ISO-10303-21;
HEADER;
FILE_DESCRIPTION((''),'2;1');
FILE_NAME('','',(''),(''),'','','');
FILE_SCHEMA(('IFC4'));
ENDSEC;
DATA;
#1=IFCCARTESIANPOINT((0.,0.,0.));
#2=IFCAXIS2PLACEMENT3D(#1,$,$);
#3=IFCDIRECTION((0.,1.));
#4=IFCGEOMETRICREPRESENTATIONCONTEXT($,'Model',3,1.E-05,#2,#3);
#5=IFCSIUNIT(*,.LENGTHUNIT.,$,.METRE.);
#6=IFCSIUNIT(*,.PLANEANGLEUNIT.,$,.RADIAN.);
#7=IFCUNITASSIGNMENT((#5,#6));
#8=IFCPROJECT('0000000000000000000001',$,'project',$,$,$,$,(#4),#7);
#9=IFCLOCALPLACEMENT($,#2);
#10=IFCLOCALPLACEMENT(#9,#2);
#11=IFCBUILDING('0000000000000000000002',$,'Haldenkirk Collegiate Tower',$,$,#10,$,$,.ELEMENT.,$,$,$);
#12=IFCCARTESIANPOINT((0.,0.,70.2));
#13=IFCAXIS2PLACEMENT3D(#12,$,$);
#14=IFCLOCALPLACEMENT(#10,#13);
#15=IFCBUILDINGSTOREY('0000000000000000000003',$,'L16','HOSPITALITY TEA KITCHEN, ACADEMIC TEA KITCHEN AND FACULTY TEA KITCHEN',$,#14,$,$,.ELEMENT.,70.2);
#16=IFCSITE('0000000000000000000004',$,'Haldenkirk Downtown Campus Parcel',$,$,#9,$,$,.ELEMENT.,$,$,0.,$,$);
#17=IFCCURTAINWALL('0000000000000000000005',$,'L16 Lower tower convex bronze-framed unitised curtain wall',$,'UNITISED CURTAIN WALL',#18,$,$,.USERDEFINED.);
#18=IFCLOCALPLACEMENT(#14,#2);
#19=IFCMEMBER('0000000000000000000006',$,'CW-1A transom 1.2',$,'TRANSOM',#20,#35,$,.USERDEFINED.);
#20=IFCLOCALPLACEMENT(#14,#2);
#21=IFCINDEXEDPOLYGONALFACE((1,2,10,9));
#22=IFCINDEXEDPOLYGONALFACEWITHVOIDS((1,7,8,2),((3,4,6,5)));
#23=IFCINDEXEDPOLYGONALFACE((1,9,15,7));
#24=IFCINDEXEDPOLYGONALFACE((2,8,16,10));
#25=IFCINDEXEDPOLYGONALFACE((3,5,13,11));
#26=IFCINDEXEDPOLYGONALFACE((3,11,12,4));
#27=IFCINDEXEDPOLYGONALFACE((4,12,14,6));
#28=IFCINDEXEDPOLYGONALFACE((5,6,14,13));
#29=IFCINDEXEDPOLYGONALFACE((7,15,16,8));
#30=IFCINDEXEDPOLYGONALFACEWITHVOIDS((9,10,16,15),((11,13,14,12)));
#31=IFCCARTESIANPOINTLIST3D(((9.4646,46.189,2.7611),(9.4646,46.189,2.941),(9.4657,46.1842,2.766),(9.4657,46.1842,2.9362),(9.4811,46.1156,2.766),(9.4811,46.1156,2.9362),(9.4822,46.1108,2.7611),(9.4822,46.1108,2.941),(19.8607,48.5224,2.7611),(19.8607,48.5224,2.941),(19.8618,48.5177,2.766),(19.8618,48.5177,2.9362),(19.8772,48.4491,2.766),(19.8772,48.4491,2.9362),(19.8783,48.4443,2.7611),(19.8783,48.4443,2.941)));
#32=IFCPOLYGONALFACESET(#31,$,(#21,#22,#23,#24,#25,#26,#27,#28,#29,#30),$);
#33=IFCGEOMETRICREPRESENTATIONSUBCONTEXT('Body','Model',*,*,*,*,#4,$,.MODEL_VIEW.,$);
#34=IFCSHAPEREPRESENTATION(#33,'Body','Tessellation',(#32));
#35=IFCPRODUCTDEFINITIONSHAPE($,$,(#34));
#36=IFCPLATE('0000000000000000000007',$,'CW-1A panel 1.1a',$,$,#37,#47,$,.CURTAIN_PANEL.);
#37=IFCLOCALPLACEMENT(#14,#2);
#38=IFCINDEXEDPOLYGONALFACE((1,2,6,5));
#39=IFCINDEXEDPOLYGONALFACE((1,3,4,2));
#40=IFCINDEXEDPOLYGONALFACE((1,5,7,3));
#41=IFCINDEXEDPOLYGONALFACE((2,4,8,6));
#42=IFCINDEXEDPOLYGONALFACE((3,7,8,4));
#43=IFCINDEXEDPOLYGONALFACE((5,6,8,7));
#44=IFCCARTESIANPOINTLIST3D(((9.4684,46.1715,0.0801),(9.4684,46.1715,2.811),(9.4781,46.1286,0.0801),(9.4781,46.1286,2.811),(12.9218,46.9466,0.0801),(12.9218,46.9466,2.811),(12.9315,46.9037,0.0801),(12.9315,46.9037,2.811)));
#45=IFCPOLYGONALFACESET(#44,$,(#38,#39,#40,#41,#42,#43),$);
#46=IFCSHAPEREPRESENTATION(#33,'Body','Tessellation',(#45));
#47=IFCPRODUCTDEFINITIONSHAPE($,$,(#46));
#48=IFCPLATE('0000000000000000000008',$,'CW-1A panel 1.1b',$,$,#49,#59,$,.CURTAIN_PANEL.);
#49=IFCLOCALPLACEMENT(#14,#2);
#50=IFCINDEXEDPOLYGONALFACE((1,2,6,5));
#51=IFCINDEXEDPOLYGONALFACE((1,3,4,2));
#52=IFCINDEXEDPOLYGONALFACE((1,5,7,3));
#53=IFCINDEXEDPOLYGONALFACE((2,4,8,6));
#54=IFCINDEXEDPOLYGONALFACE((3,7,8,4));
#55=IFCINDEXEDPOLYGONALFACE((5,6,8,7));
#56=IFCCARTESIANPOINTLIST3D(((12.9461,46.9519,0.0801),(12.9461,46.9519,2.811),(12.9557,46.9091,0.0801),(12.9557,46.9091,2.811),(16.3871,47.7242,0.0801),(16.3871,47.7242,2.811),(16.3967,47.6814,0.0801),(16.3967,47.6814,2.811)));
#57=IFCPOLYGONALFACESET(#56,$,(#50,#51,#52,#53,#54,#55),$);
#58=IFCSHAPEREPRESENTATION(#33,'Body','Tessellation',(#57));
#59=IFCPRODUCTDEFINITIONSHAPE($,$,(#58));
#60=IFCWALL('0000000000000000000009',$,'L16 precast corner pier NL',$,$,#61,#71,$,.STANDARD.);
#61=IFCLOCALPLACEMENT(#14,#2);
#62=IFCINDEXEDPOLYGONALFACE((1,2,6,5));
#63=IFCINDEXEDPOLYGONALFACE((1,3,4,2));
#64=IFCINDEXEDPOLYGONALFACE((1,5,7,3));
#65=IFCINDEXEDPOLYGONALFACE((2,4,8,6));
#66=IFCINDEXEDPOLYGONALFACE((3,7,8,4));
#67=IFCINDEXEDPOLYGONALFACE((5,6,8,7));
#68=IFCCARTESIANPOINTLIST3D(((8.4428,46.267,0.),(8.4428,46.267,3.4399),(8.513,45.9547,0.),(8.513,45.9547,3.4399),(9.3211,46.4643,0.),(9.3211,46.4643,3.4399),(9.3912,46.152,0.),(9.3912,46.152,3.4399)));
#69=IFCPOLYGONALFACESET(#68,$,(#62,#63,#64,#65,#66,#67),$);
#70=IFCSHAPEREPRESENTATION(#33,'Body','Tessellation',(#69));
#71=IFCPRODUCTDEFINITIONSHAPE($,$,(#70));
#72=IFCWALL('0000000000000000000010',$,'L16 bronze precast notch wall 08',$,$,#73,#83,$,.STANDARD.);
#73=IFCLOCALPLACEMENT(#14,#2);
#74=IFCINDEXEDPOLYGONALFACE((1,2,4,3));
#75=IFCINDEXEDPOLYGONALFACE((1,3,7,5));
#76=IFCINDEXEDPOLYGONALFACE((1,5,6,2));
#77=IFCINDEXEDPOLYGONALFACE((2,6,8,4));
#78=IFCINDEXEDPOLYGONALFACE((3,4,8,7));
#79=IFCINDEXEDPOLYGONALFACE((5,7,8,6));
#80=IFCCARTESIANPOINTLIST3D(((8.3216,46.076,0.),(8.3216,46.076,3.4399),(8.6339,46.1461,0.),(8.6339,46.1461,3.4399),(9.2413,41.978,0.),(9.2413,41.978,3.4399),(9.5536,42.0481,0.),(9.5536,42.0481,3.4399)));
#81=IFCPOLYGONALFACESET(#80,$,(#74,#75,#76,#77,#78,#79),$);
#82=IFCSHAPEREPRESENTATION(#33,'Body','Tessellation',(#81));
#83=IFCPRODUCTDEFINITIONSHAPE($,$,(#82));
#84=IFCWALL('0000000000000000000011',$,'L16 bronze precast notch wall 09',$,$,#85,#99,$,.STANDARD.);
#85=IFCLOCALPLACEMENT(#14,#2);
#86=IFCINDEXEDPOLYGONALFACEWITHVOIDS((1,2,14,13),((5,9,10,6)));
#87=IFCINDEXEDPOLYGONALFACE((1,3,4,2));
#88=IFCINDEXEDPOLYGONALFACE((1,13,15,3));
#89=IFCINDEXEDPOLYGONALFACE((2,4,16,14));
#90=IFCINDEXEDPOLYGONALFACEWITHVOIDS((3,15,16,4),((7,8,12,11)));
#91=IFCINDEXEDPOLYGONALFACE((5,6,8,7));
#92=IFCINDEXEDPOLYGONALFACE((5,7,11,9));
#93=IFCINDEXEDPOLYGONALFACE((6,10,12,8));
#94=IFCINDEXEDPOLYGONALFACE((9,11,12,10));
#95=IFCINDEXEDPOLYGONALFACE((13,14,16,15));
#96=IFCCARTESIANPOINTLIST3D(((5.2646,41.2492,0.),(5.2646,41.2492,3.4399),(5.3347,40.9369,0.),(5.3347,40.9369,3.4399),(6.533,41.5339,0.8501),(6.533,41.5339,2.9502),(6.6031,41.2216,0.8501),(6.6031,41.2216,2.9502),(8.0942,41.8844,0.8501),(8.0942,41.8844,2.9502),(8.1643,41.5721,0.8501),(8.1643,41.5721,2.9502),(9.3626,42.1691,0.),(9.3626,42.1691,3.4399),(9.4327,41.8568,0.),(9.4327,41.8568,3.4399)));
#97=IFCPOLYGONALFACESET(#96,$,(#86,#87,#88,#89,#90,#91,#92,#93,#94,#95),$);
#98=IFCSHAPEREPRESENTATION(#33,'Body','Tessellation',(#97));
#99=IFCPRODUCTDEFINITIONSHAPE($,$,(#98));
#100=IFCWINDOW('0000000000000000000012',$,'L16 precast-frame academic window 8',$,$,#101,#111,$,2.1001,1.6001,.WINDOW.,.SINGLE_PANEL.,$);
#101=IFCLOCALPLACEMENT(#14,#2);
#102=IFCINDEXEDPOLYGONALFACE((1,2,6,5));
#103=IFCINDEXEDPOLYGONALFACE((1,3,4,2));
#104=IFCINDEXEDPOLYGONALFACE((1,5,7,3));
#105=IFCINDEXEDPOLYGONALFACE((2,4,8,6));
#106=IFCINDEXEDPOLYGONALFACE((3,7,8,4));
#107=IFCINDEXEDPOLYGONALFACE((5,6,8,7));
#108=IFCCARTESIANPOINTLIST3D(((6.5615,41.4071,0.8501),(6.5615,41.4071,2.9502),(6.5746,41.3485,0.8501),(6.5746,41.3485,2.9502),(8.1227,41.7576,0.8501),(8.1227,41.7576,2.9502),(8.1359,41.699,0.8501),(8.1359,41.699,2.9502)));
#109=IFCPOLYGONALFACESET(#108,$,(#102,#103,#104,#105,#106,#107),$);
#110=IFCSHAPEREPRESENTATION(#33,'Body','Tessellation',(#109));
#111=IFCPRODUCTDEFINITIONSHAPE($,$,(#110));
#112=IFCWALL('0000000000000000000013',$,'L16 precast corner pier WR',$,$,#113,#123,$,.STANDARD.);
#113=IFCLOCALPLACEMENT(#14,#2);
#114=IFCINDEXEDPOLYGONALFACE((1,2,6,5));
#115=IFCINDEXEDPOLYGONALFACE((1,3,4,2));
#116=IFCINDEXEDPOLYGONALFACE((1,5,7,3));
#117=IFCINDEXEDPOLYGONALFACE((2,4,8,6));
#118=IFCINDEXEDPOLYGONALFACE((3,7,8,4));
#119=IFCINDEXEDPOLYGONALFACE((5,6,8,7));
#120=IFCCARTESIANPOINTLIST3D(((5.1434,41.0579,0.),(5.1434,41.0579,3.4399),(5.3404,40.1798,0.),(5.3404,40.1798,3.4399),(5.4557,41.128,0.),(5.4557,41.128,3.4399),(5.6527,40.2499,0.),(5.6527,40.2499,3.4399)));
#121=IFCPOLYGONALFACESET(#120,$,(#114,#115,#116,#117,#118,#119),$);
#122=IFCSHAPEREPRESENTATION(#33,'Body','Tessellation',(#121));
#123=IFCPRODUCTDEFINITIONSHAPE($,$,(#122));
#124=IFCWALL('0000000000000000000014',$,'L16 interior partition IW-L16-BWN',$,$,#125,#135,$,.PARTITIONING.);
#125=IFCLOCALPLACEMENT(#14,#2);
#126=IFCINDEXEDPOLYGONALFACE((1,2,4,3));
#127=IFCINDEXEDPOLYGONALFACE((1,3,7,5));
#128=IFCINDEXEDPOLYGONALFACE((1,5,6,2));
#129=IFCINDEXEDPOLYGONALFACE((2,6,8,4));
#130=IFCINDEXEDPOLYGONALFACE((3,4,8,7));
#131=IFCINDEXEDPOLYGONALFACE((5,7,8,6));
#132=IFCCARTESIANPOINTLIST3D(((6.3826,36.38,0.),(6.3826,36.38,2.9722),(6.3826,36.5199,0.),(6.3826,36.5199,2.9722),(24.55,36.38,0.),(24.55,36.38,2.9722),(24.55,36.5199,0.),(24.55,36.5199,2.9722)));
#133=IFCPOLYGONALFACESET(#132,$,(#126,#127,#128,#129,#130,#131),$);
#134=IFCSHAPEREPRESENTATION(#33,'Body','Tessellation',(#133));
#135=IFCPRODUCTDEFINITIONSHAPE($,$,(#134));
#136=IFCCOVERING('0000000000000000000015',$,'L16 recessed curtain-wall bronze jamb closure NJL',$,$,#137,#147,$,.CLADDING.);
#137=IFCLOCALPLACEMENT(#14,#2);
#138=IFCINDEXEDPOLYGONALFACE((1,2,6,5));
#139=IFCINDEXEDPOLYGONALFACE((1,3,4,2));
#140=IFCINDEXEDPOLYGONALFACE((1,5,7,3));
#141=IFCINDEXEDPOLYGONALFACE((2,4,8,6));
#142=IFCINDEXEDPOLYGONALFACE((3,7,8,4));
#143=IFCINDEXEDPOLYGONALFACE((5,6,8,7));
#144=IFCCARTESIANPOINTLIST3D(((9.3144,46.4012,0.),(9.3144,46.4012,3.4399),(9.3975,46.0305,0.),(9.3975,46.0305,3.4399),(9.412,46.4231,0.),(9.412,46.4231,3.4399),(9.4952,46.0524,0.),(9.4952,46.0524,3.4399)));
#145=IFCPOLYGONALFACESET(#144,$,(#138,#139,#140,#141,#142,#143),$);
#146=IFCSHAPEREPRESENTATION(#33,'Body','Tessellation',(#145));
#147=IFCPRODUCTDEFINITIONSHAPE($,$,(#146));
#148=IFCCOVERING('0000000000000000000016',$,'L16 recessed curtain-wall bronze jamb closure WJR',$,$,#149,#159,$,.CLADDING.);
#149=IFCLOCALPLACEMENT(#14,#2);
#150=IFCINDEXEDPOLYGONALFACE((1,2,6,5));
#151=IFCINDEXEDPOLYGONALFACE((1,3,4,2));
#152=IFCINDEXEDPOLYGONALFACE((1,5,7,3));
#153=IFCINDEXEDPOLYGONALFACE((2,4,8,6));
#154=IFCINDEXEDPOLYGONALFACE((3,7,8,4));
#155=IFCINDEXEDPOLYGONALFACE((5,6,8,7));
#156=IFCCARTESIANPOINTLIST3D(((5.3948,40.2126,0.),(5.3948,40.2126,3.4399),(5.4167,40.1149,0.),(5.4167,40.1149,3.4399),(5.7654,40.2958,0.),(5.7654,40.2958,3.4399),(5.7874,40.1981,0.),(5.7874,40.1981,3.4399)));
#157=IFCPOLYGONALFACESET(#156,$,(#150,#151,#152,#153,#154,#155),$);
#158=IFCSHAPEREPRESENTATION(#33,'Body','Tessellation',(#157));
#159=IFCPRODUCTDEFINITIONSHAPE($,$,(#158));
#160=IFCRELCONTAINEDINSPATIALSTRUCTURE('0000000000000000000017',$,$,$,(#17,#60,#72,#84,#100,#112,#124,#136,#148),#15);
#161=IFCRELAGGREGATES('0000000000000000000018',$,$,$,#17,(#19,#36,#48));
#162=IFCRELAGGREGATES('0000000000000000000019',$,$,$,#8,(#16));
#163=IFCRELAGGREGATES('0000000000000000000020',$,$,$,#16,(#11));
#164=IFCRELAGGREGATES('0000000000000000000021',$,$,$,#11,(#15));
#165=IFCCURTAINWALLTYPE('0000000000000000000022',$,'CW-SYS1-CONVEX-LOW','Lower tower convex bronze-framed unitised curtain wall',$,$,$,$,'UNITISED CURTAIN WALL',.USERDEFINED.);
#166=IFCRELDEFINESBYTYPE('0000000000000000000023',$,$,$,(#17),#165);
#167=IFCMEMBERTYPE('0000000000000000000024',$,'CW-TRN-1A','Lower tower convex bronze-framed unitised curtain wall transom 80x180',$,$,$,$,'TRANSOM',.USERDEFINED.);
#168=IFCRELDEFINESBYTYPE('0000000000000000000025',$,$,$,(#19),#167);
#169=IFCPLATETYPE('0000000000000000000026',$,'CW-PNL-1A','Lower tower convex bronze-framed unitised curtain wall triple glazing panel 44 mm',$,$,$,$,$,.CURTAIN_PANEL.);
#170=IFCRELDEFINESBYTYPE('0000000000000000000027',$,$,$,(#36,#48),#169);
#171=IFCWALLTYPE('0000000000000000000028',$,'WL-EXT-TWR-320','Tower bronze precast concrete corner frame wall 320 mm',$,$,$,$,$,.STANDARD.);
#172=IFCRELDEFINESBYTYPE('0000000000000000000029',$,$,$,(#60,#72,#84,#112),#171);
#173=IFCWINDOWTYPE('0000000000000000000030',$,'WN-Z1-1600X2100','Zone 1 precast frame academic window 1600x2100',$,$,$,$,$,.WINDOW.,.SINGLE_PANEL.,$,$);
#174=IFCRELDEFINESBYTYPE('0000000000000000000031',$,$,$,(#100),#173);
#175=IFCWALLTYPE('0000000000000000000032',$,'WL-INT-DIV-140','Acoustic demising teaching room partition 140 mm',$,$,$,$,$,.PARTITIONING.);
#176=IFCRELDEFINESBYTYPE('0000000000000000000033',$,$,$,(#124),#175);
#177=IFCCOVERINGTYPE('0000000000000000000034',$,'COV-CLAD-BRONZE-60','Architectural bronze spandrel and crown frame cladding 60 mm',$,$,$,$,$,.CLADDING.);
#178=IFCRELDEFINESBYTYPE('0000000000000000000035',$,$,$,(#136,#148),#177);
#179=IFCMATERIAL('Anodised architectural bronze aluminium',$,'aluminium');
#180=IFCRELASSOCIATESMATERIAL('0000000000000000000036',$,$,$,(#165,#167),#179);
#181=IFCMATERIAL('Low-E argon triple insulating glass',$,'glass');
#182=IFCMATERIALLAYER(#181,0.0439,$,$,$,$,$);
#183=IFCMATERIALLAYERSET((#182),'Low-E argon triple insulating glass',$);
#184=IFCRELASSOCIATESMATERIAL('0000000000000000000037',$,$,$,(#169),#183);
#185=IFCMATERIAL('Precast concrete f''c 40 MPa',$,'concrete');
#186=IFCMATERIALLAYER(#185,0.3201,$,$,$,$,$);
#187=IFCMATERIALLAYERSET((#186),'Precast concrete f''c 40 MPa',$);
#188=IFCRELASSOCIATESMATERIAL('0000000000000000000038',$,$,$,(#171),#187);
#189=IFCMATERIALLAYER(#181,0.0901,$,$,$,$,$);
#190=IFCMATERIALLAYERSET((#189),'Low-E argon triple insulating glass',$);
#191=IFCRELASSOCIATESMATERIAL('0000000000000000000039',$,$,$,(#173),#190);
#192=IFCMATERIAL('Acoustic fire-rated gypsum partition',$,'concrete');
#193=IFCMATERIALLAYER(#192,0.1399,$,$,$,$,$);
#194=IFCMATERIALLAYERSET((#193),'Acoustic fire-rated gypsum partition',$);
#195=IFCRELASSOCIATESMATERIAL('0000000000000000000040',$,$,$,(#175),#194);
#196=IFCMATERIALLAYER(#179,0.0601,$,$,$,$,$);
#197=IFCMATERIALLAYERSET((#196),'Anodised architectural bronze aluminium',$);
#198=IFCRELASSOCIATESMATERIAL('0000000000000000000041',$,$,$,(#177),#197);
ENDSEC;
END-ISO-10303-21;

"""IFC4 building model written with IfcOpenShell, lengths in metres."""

from ifc_helpers import new_model, si_unit, direction, frame, frame_2d, origin, origin_2d, place, context, subcontext, project, spatial, rectangle, hollow_rectangle, extrude, source, transform, mapped, material, layer, layer_set, material_profile, profile_set, type_object, element, fill, aggregate, save


model = new_model("IFC4")

# Units and contexts
model_context = context("Model", 3, precision=1e-05, world=origin(), true_north=direction((0.0, 1.0)))
body_context = subcontext(model_context, "Body", "Model", "MODEL_VIEW")
ifc_project = project(units=[si_unit("LENGTHUNIT", "METRE"), si_unit("PLANEANGLEUNIT", "RADIAN")], contexts=[model_context])

# Site, building, storey
site_placement = place(None, origin())
site = spatial("IfcSite", under=ifc_project, at=site_placement, Name="Haldenkirk Downtown Campus Parcel", CompositionType="ELEMENT", RefElevation=0.0)
building_placement = place(site_placement, origin())
building = spatial("IfcBuilding", under=site, at=building_placement, Name="Haldenkirk Collegiate Tower", CompositionType="ELEMENT")
storey_placement = place(building_placement, frame((0.0, 0.0, 70.2)))
storey = spatial("IfcBuildingStorey", under=building, at=storey_placement, Name="L16", Description="HOSPITALITY TEA KITCHEN, ACADEMIC TEA KITCHEN AND FACULTY TEA KITCHEN", CompositionType="ELEMENT", Elevation=70.2)

# Curtain wall
ifc_material_1 = material(Name="Anodised architectural bronze aluminium", Category="aluminium")
curtain_wall_type = type_object("IfcCurtainWallType", Name="CW-SYS1-CONVEX-LOW", Description="Lower tower convex bronze-framed unitised curtain wall", ElementType="UNITISED CURTAIN WALL", PredefinedType="USERDEFINED", material=ifc_material_1)
curtain_wall_1_placement = place(storey_placement, origin())
curtain_wall_1 = element("IfcCurtainWall", 1, at=curtain_wall_1_placement, inside=storey, type_object=curtain_wall_type, Name="L16 Lower tower convex bronze-framed unitised curtain wall", ObjectType="UNITISED CURTAIN WALL", PredefinedType="USERDEFINED")

# Member
ifc_material_profile_1 = material_profile(ifc_material_1, hollow_rectangle(XDim=0.0801, YDim=0.1799, WallThickness=0.0049, at=origin_2d()), Name="CW-TRN-1A")
ifc_profile_set_1 = profile_set([ifc_material_profile_1], Name="Anodised architectural bronze aluminium")
member_type_1 = type_object("IfcMemberType", Name="CW-TRN-1A", Description="Lower tower convex bronze-framed unitised curtain wall transom 80x180", ElementType="TRANSOM", PredefinedType="USERDEFINED", material=ifc_profile_set_1)
member_1_placement = place(storey_placement, frame((9.4734, 46.1499, 2.8511), z_axis=(0.975723, 0.219007, 0.0), x_axis=(-0.219007, 0.975723, 0.0)))
member_1 = element("IfcMember", 2, at=member_1_placement, type_object=member_type_1, Name="CW-1A transom 1.2", ObjectType="TRANSOM", PredefinedType="USERDEFINED", context=body_context, shape_type="SweptSolid", body=[
    extrude(hollow_rectangle(XDim=0.0801, YDim=0.1799, WallThickness=0.0049, at=origin_2d()), origin(), (0.0, 0.0, 1.0), 10.6548),
])

# Plates
ifc_material_2 = material(Name="Low-E argon triple insulating glass", Category="glass")
ifc_layer_1 = layer(ifc_material_2, 0.0439)
ifc_layer_set_1 = layer_set([ifc_layer_1], Name="Low-E argon triple insulating glass")
plate_type = type_object("IfcPlateType", Name="CW-PNL-1A", Description="Lower tower convex bronze-framed unitised curtain wall triple glazing panel 44 mm", PredefinedType="CURTAIN_PANEL", material=ifc_layer_set_1)
shared_shape_1 = source(origin(), body_context, "Body", "SweptSolid", [
    extrude(rectangle(XDim=3.5393, YDim=0.0439, at=origin_2d()), origin(), (0.0, 0.0, 1.0), 2.731),
])
plate_1_placement = place(storey_placement, frame((11.2, 46.5376, 0.0801), z_axis=(0.0, 0.0, 1.0), x_axis=(0.975726, 0.218996, 0.0)))
plate_1 = element("IfcPlate", 3, at=plate_1_placement, type_object=plate_type, Name="CW-1A panel 1.1a", PredefinedType="CURTAIN_PANEL", context=body_context, shape_type="MappedRepresentation", body=[
    mapped(shared_shape_1, transform((0.0, 0.0, 0.0), x_axis=(1.0, 0.0, 0.0), y_axis=(0.0, 1.0, 0.0), z_axis=(0.0, 0.0, 1.0), scale=1.0)),
])
shared_shape_2 = source(origin(), body_context, "Body", "SweptSolid", [
    extrude(rectangle(XDim=3.5266, YDim=0.0439, at=origin_2d()), origin(), (0.0, 0.0, 1.0), 2.731),
])
plate_2_placement = place(storey_placement, frame((14.6714, 47.3167, 0.0801), z_axis=(0.0, 0.0, 1.0), x_axis=(0.975726, 0.218996, 0.0)))
plate_2 = element("IfcPlate", 4, at=plate_2_placement, type_object=plate_type, Name="CW-1A panel 1.1b", PredefinedType="CURTAIN_PANEL", context=body_context, shape_type="MappedRepresentation", body=[
    mapped(shared_shape_2, transform((0.0, 0.0, 0.0), x_axis=(1.0, 0.0, 0.0), y_axis=(0.0, 1.0, 0.0), z_axis=(0.0, 0.0, 1.0), scale=1.0)),
])
aggregate(curtain_wall_1, [member_1, plate_1, plate_2])

# Walls
ifc_material_3 = material(Name="Precast concrete f'c 40 MPa", Category="concrete")
ifc_layer_2 = layer(ifc_material_3, 0.3201)
ifc_layer_set_2 = layer_set([ifc_layer_2], Name="Precast concrete f'c 40 MPa")
wall_type_1 = type_object("IfcWallType", Name="WL-EXT-TWR-320", Description="Tower bronze precast concrete corner frame wall 320 mm", PredefinedType="STANDARD", material=ifc_layer_set_2)
wall_1_placement = place(storey_placement, frame((8.4778, 46.1108, 0.0), z_axis=(0.0, 0.0, 1.0), x_axis=(0.975687, 0.21917, 0.0)))
element("IfcWall", 5, at=wall_1_placement, inside=storey, type_object=wall_type_1, Name="L16 precast corner pier NL", PredefinedType="STANDARD", context=body_context, shape_type="SweptSolid", body=[
    extrude(rectangle(XDim=0.9001, YDim=0.3201, at=frame_2d((0.4502, 0.0))), origin(), (0.0, 0.0, 1.0), 3.4399),
])
wall_2_placement = place(storey_placement, frame((9.3975, 42.0129, 0.0), z_axis=(0.0, 0.0, 1.0), x_axis=(-0.21898, 0.975729, 0.0)))
element("IfcWall", 6, at=wall_2_placement, inside=storey, type_object=wall_type_1, Name="L16 bronze precast notch wall 08", PredefinedType="STANDARD", context=body_context, shape_type="SweptSolid", body=[
    extrude(rectangle(XDim=4.2, YDim=0.3201, at=frame_2d((2.1001, 0.0))), origin(), (0.0, 0.0, 1.0), 3.4399),
])

# Wall, opening, window
wall_3_placement = place(storey_placement, frame((5.2996, 41.093, 0.0), z_axis=(0.0, 0.0, 1.0), x_axis=(0.975717, 0.219035, 0.0)))
wall_3 = element("IfcWall", 7, at=wall_3_placement, inside=storey, type_object=wall_type_1, Name="L16 bronze precast notch wall 09", PredefinedType="STANDARD", context=body_context, shape_type="SweptSolid", body=[
    extrude(rectangle(XDim=4.2, YDim=0.3201, at=frame_2d((2.1001, 0.0))), origin(), (0.0, 0.0, 1.0), 3.4399),
])
opening_placement = place(wall_3_placement, frame((1.3, 0.0, 0.8501)))
opening = element("IfcOpeningElement", 8, at=opening_placement, cuts=wall_3, PredefinedType="OPENING", context=body_context, shape_type="SweptSolid", body=[
    extrude(rectangle(XDim=1.6001, YDim=2.1001, at=frame_2d((0.8, 1.05))), frame((0.0, 0.1699, 0.0), z_axis=(0.0, -1.0, 0.0), x_axis=(1.0, 0.0, 0.0)), (0.0, 0.0, 1.0), 0.3401),
])
ifc_layer_3 = layer(ifc_material_2, 0.0901)
ifc_layer_set_3 = layer_set([ifc_layer_3], Name="Low-E argon triple insulating glass")
window_type = type_object("IfcWindowType", Name="WN-Z1-1600X2100", Description="Zone 1 precast frame academic window 1600x2100", PartitioningType="SINGLE_PANEL", PredefinedType="WINDOW", material=ifc_layer_set_3)
window_placement = place(opening_placement, origin())
window = element("IfcWindow", 9, at=window_placement, inside=storey, type_object=window_type, Name="L16 precast-frame academic window 8", OverallHeight=2.1001, OverallWidth=1.6001, PartitioningType="SINGLE_PANEL", PredefinedType="WINDOW", context=body_context, shape_type="SweptSolid", body=[
    extrude(rectangle(XDim=1.6001, YDim=2.1001, at=frame_2d((0.8, 1.05))), frame((0.0, 0.03, 0.0), z_axis=(0.0, -1.0, 0.0), x_axis=(1.0, 0.0, 0.0)), (0.0, 0.0, 1.0), 0.0601),
])
fill(opening, window)

# Walls
wall_4_placement = place(storey_placement, frame((5.4966, 40.2148, 0.0), z_axis=(0.0, 0.0, 1.0), x_axis=(-0.218912, 0.975745, 0.0)))
element("IfcWall", 10, at=wall_4_placement, inside=storey, type_object=wall_type_1, Name="L16 precast corner pier WR", PredefinedType="STANDARD", context=body_context, shape_type="SweptSolid", body=[
    extrude(rectangle(XDim=0.8999, YDim=0.3201, at=frame_2d((0.45, 0.0))), origin(), (0.0, 0.0, 1.0), 3.4399),
])
ifc_material_4 = material(Name="Acoustic fire-rated gypsum partition", Category="concrete")
ifc_layer_4 = layer(ifc_material_4, 0.1399)
ifc_layer_set_4 = layer_set([ifc_layer_4], Name="Acoustic fire-rated gypsum partition")
wall_type_2 = type_object("IfcWallType", Name="WL-INT-DIV-140", Description="Acoustic demising teaching room partition 140 mm", PredefinedType="PARTITIONING", material=ifc_layer_set_4)
wall_5_placement = place(storey_placement, frame((6.3826, 36.45, 0.0), z_axis=(0.0, 0.0, 1.0), x_axis=(1.0, 0.0, 0.0)))
element("IfcWall", 11, at=wall_5_placement, inside=storey, type_object=wall_type_2, Name="L16 interior partition IW-L16-BWN", PredefinedType="PARTITIONING", context=body_context, shape_type="SweptSolid", body=[
    extrude(rectangle(XDim=18.1675, YDim=0.1399, at=frame_2d((9.0837, 0.0))), origin(), (0.0, 0.0, 1.0), 2.9722),
])

# Coverings
ifc_layer_5 = layer(ifc_material_1, 0.0601)
ifc_layer_set_5 = layer_set([ifc_layer_5], Name="Anodised architectural bronze aluminium")
covering_type = type_object("IfcCoveringType", Name="COV-CLAD-BRONZE-60", Description="Architectural bronze spandrel and crown frame cladding 60 mm", PredefinedType="CLADDING", material=ifc_layer_set_5)
shared_shape_3 = source(origin(), body_context, "Body", "SweptSolid", [
    extrude(rectangle(XDim=0.1001, YDim=0.3799, at=origin_2d()), origin(), (0.0, 0.0, 1.0), 3.4399),
])
for number, where, z_axis, x_axis, name in (
    (12, (9.4048, 46.2268, 0.0), (0.0, 0.0, 1.0), (0.975726, 0.218995, 0.0), "L16 recessed curtain-wall bronze jamb closure NJL"),
    (13, (5.5911, 40.2053, 0.0), (0.0, 0.0, 1.0), (-0.218995, 0.975726, 0.0), "L16 recessed curtain-wall bronze jamb closure WJR"),
):
    element("IfcCovering", number, at=place(storey_placement, frame(where, z_axis=z_axis, x_axis=x_axis)), inside=storey, type_object=covering_type, Name=name, PredefinedType="CLADDING", context=body_context, shape_type="MappedRepresentation", body=[
        mapped(shared_shape_3, transform((0.0, 0.0, 0.0), x_axis=(1.0, 0.0, 0.0), y_axis=(0.0, 1.0, 0.0), z_axis=(0.0, 0.0, 1.0), scale=1.0)),
    ])

save(model, "model.ifc")
